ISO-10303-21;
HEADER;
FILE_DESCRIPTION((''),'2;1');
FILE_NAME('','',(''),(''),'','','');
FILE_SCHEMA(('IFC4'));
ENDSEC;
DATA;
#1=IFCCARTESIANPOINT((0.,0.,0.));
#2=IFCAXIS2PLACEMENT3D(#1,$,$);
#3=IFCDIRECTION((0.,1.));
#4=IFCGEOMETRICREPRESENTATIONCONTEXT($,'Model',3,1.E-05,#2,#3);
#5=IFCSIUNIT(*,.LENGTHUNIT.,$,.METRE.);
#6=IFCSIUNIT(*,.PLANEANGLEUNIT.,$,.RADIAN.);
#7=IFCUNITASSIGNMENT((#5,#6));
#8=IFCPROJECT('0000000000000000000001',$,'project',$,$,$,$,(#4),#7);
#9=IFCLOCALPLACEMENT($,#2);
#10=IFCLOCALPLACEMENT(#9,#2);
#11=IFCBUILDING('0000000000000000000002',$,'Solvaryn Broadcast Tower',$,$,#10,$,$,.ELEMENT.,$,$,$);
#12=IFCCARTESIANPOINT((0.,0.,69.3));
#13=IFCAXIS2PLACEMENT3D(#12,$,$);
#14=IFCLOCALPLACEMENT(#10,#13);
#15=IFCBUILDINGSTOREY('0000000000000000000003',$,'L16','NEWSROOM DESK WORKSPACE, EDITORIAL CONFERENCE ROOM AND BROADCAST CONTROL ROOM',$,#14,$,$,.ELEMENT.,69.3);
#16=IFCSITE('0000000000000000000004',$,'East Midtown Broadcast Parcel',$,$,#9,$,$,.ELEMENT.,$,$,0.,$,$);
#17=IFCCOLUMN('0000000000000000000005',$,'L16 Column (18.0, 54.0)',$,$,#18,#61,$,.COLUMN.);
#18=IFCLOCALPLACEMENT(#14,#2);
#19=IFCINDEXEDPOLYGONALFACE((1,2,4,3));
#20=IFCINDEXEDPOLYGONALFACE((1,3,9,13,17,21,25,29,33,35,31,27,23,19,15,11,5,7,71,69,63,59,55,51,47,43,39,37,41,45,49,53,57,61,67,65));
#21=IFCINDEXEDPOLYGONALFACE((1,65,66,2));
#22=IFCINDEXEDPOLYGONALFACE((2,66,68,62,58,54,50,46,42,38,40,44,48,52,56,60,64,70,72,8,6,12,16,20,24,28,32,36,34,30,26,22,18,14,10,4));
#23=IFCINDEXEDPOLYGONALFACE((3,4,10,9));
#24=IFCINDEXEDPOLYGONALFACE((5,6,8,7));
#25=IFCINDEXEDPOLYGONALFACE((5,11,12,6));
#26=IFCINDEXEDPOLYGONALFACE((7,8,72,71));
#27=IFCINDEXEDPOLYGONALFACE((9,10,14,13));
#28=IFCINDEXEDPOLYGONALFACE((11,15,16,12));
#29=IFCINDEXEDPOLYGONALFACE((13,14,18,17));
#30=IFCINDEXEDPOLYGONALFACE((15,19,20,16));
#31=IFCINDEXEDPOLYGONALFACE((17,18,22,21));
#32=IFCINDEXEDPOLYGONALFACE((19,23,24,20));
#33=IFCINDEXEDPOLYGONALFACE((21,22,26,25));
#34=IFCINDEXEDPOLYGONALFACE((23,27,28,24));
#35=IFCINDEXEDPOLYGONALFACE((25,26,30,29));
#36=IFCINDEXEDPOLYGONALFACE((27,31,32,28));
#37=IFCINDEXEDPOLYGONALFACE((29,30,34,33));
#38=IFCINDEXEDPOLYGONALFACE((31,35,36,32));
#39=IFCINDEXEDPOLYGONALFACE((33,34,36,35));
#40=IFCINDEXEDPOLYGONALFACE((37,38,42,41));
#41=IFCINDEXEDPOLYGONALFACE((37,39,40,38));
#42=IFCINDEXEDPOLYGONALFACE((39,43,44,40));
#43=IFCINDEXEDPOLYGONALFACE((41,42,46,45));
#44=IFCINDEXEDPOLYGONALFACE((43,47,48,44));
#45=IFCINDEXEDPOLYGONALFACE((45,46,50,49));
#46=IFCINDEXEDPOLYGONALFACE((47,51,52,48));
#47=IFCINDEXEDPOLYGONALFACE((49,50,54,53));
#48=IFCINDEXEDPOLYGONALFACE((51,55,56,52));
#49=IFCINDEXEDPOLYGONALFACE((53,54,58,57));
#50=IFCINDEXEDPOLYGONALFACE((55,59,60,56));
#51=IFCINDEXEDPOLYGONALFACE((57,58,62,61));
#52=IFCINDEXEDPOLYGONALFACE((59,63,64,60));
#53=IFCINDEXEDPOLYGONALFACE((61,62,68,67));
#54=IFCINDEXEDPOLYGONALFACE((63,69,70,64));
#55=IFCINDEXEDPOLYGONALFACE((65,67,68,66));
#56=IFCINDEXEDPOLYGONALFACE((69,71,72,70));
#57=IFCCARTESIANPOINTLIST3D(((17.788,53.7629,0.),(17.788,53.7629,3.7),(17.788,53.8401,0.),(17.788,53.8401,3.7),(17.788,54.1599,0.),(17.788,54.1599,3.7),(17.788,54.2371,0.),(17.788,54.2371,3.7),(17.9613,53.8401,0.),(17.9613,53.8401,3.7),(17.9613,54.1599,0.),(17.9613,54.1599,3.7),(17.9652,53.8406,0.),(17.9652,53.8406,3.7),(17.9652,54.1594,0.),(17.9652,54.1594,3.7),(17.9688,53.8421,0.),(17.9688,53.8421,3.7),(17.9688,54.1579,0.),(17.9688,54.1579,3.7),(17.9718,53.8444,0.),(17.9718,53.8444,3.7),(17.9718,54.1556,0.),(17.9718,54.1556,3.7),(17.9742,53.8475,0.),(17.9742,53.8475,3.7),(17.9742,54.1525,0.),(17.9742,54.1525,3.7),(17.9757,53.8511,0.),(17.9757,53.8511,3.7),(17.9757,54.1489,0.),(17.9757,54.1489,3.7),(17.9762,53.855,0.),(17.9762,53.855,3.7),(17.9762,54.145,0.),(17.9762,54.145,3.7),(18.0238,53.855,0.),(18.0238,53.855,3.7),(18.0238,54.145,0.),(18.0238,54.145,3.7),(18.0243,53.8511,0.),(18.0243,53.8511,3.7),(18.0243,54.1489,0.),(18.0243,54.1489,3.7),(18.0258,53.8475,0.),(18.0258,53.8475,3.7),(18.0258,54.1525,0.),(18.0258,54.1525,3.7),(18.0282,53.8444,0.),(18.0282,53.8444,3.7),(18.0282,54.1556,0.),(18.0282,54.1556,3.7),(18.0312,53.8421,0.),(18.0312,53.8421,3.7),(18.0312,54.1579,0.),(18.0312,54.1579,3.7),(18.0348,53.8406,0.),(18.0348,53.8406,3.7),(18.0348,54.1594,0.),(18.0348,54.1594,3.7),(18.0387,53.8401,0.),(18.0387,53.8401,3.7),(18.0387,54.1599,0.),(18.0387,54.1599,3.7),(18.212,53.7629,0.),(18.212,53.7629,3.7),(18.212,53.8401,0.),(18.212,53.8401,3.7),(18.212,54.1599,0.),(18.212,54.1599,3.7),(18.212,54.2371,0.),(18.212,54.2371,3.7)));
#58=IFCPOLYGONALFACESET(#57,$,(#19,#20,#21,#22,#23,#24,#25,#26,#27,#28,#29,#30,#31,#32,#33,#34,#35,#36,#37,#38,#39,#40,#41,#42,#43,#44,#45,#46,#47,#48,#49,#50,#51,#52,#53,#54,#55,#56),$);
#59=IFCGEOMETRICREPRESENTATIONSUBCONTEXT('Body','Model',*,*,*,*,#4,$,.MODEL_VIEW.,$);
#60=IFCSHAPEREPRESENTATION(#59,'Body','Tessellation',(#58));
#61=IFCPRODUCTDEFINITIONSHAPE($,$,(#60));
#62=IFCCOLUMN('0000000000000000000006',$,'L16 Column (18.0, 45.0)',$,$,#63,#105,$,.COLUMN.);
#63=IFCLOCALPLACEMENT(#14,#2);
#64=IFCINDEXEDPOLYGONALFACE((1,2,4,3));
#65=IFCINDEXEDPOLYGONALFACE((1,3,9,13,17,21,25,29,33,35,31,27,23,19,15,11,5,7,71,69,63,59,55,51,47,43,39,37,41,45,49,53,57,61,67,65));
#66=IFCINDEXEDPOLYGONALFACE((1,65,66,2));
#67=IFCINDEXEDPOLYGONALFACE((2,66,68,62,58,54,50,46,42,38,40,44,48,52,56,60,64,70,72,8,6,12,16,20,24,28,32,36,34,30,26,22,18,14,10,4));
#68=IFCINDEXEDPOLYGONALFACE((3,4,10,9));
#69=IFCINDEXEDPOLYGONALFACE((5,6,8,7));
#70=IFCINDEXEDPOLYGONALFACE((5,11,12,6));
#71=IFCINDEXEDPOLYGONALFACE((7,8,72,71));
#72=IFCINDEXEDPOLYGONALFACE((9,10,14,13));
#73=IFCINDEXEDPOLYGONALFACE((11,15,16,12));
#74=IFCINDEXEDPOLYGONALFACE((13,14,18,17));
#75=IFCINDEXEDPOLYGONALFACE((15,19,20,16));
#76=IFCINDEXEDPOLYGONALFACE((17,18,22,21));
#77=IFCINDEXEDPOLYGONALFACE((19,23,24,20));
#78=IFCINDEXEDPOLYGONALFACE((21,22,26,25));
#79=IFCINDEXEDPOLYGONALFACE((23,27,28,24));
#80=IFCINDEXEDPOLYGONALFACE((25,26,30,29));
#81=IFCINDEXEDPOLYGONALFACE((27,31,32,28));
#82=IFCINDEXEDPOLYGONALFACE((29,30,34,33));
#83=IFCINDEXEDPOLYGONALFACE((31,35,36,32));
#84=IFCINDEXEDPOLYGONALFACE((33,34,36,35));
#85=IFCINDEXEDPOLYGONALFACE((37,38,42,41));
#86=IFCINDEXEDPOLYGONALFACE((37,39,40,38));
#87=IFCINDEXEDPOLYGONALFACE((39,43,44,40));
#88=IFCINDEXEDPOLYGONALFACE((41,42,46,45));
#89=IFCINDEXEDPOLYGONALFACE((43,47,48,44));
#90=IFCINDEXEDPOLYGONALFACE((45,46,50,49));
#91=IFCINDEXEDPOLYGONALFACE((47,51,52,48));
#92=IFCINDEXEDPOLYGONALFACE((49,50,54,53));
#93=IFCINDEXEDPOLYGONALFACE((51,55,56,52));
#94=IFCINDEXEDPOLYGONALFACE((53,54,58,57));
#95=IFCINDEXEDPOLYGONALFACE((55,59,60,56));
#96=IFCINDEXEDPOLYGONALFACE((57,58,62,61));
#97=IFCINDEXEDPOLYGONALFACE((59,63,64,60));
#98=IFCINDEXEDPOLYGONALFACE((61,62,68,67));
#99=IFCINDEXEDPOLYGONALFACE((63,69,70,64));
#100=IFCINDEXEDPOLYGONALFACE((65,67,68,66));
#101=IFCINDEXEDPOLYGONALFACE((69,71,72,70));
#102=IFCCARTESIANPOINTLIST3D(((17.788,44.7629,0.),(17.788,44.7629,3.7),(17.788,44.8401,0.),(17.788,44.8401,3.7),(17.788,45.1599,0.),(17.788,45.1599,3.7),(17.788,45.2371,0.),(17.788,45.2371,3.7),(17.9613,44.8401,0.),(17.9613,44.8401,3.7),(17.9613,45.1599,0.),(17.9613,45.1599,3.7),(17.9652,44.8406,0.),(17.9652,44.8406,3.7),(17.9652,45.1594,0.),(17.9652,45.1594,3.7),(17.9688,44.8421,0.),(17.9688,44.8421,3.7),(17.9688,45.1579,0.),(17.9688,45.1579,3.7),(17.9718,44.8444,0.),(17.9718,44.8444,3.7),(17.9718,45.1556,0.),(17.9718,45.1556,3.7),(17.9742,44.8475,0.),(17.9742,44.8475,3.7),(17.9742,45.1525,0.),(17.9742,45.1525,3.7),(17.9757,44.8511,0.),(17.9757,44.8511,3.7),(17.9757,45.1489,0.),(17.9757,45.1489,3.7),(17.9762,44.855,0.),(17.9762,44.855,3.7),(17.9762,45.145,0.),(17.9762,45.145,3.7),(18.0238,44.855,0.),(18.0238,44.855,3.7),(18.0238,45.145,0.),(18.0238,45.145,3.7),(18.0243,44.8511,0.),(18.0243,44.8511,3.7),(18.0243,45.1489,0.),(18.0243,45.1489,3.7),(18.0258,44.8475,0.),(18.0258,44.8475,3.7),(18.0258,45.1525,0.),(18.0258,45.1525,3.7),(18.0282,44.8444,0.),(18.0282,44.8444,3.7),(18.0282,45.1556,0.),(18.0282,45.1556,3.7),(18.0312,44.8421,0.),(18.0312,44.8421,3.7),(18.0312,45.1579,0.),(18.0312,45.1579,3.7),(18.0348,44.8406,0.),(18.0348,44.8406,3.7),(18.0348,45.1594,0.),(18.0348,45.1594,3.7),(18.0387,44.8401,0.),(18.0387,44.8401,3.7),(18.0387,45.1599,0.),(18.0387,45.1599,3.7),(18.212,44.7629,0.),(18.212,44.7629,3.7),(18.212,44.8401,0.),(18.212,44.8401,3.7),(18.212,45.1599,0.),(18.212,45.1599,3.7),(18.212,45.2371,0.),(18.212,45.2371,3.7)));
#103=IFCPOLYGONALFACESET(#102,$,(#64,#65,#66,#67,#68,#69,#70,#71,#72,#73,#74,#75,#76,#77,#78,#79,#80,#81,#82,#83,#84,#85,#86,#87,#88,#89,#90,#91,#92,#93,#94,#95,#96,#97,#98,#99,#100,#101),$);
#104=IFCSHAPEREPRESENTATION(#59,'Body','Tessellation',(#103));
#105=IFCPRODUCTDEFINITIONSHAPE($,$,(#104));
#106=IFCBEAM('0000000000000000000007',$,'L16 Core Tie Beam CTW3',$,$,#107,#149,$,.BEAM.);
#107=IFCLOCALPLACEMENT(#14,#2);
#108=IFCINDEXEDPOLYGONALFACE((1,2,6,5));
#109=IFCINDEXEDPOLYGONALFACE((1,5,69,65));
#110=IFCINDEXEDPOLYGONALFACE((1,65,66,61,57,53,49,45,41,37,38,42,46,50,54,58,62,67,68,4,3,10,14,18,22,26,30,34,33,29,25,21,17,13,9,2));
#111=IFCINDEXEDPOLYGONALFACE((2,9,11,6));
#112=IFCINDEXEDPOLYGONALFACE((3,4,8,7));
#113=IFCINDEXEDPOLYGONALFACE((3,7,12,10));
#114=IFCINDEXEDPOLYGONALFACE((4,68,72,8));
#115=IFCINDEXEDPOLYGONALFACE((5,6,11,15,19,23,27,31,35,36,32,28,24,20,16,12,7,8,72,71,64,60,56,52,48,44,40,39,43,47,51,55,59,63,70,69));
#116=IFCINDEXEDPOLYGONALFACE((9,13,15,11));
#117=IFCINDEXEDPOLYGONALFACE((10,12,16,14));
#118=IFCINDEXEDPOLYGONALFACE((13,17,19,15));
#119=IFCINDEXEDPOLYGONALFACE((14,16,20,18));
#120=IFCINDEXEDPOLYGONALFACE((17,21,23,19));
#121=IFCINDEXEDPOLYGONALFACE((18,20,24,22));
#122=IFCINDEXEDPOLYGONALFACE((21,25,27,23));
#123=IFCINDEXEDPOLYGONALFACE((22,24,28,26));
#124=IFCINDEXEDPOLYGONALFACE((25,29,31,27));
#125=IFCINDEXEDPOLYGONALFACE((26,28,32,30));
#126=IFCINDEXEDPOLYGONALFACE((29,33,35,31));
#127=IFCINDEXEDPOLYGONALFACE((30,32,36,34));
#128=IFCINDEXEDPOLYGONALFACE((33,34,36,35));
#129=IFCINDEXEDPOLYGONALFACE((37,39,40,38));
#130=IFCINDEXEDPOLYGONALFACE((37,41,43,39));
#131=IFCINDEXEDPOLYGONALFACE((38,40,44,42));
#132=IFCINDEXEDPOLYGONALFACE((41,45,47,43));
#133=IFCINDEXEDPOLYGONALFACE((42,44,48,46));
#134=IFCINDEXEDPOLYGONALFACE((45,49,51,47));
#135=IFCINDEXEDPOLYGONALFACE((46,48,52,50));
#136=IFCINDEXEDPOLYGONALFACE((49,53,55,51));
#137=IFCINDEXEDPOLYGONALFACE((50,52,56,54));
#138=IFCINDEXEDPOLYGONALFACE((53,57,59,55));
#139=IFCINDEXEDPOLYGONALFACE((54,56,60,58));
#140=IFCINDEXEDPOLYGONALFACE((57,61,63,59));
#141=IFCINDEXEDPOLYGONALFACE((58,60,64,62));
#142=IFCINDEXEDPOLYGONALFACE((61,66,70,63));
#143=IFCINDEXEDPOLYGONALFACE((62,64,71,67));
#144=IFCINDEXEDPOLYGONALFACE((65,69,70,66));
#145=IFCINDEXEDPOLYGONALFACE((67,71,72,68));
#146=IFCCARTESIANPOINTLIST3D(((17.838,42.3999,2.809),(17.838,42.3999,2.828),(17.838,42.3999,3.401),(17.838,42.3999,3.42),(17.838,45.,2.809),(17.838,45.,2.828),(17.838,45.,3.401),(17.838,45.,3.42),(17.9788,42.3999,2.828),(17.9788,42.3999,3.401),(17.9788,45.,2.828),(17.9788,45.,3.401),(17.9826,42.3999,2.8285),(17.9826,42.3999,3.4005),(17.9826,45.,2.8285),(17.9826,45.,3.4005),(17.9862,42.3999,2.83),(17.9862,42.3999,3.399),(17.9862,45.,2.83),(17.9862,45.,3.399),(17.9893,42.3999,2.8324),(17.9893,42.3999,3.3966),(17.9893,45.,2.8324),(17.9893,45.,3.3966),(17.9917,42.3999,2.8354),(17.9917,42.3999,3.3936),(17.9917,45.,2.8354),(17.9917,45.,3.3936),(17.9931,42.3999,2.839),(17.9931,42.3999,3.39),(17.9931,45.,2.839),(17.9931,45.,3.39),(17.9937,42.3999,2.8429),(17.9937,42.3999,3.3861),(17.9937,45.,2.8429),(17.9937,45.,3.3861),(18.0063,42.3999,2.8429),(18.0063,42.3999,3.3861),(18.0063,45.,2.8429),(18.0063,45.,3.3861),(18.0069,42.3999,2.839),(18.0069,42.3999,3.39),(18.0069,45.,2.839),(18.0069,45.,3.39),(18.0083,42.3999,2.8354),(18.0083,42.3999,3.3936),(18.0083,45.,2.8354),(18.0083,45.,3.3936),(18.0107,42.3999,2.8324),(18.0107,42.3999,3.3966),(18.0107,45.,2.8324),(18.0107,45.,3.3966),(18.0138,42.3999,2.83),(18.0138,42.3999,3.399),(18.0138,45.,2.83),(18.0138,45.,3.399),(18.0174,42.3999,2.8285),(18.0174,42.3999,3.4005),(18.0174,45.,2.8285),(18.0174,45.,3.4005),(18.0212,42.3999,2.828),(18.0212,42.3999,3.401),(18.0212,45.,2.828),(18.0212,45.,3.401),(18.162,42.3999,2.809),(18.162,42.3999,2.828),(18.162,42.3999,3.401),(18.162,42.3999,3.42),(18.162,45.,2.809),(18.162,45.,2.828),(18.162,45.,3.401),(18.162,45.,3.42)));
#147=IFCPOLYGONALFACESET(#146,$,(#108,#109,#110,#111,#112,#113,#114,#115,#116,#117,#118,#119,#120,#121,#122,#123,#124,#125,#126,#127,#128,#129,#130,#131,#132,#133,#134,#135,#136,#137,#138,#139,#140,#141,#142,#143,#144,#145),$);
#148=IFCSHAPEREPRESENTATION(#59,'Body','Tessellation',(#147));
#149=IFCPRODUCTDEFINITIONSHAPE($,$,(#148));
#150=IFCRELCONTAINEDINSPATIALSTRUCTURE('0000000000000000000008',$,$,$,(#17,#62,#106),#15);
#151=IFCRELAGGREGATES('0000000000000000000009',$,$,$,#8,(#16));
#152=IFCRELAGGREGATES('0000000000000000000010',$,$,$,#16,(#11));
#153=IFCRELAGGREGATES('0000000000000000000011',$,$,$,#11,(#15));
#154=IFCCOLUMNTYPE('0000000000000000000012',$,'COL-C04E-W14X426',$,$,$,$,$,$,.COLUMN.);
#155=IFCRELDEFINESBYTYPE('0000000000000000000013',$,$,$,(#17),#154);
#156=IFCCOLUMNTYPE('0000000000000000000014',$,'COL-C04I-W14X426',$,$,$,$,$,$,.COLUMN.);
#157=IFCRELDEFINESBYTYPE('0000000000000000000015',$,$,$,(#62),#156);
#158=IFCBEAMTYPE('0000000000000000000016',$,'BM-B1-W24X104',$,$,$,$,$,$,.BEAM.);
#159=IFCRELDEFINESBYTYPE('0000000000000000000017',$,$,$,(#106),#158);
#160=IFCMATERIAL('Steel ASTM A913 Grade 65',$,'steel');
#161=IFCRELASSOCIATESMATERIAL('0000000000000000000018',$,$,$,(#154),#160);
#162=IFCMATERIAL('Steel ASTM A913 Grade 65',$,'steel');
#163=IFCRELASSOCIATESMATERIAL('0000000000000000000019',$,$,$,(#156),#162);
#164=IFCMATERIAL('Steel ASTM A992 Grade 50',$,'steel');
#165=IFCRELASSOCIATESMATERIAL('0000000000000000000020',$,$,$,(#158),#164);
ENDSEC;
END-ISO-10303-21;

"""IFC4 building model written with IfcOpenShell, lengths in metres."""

from ifc_helpers import new_model, si_unit, direction, frame, origin, origin_2d, place, context, subcontext, project, spatial, i_section, extrude, material, material_profile, profile_set, type_object, element, save


model = new_model("IFC4")

# Units and contexts
model_context = context("Model", 3, precision=1e-05, world=origin(), true_north=direction((0.0, 1.0)))
body_context = subcontext(model_context, "Body", "Model", "MODEL_VIEW")
ifc_project = project(units=[si_unit("LENGTHUNIT", "METRE"), si_unit("PLANEANGLEUNIT", "RADIAN")], contexts=[model_context])

# Site, building, storey
site_placement = place(None, origin())
site = spatial("IfcSite", under=ifc_project, at=site_placement, Name="East Midtown Broadcast Parcel", CompositionType="ELEMENT", RefElevation=0.0)
building_placement = place(site_placement, origin())
building = spatial("IfcBuilding", under=site, at=building_placement, Name="Solvaryn Broadcast Tower", CompositionType="ELEMENT")
storey_placement = place(building_placement, frame((0.0, 0.0, 69.3)))
storey = spatial("IfcBuildingStorey", under=building, at=storey_placement, Name="L16", Description="NEWSROOM DESK WORKSPACE, EDITORIAL CONFERENCE ROOM AND BROADCAST CONTROL ROOM", CompositionType="ELEMENT", Elevation=69.3)

# Columns
ifc_material_1 = material(Name="Steel ASTM A913 Grade 65", Category="steel")
ifc_material_profile_1 = material_profile(ifc_material_1, i_section(OverallWidth=0.4241, OverallDepth=0.4741, WebThickness=0.0476, FlangeThickness=0.0771, FilletRadius=0.0149, at=origin_2d()))
ifc_profile_set_1 = profile_set([ifc_material_profile_1], Name="Steel ASTM A913 Grade 65")
column_type_1 = type_object("IfcColumnType", Name="COL-C04E-W14X426", PredefinedType="COLUMN", material=ifc_profile_set_1)
column_1_placement = place(storey_placement, frame((18.0, 54.0, 0.0), z_axis=(0.0, 0.0, 1.0), x_axis=(1.0, 0.0, 0.0)))
element("IfcColumn", 1, at=column_1_placement, inside=storey, type_object=column_type_1, Name="L16 Column (18.0, 54.0)", PredefinedType="COLUMN", context=body_context, shape_type="SweptSolid", body=[
    extrude(i_section(OverallWidth=0.4241, OverallDepth=0.4741, WebThickness=0.0476, FlangeThickness=0.0771, FilletRadius=0.0149, at=origin_2d()), origin(), (0.0, 0.0, 1.0), 3.7),
])
ifc_material_2 = material(Name="Steel ASTM A913 Grade 65", Category="steel")
ifc_material_profile_2 = material_profile(ifc_material_2, i_section(OverallWidth=0.4241, OverallDepth=0.4741, WebThickness=0.0476, FlangeThickness=0.0771, FilletRadius=0.0149, at=origin_2d()))
ifc_profile_set_2 = profile_set([ifc_material_profile_2], Name="Steel ASTM A913 Grade 65")
column_type_2 = type_object("IfcColumnType", Name="COL-C04I-W14X426", PredefinedType="COLUMN", material=ifc_profile_set_2)
column_2_placement = place(storey_placement, frame((18.0, 45.0, 0.0), z_axis=(0.0, 0.0, 1.0), x_axis=(1.0, 0.0, 0.0)))
element("IfcColumn", 2, at=column_2_placement, inside=storey, type_object=column_type_2, Name="L16 Column (18.0, 45.0)", PredefinedType="COLUMN", context=body_context, shape_type="SweptSolid", body=[
    extrude(i_section(OverallWidth=0.4241, OverallDepth=0.4741, WebThickness=0.0476, FlangeThickness=0.0771, FilletRadius=0.0149, at=origin_2d()), origin(), (0.0, 0.0, 1.0), 3.7),
])

# Beam
ifc_material_3 = material(Name="Steel ASTM A992 Grade 50", Category="steel")
ifc_material_profile_3 = material_profile(ifc_material_3, i_section(OverallWidth=0.324, OverallDepth=0.6111, WebThickness=0.0127, FlangeThickness=0.019, FilletRadius=0.0149, at=origin_2d()))
ifc_profile_set_3 = profile_set([ifc_material_profile_3], Name="Steel ASTM A992 Grade 50")
beam_type_1 = type_object("IfcBeamType", Name="BM-B1-W24X104", PredefinedType="BEAM", material=ifc_profile_set_3)
beam_1_placement = place(storey_placement, frame((18.0, 42.3999, 3.1145), z_axis=(0.0, 1.0, 0.0), x_axis=(-1.0, 0.0, 0.0)))
element("IfcBeam", 3, at=beam_1_placement, inside=storey, type_object=beam_type_1, Name="L16 Core Tie Beam CTW3", PredefinedType="BEAM", context=body_context, shape_type="SweptSolid", body=[
    extrude(i_section(OverallWidth=0.324, OverallDepth=0.6111, WebThickness=0.0127, FlangeThickness=0.019, FilletRadius=0.0149, at=origin_2d()), origin(), (0.0, 0.0, 1.0), 2.6001),
])

save(model, "model.ifc")
